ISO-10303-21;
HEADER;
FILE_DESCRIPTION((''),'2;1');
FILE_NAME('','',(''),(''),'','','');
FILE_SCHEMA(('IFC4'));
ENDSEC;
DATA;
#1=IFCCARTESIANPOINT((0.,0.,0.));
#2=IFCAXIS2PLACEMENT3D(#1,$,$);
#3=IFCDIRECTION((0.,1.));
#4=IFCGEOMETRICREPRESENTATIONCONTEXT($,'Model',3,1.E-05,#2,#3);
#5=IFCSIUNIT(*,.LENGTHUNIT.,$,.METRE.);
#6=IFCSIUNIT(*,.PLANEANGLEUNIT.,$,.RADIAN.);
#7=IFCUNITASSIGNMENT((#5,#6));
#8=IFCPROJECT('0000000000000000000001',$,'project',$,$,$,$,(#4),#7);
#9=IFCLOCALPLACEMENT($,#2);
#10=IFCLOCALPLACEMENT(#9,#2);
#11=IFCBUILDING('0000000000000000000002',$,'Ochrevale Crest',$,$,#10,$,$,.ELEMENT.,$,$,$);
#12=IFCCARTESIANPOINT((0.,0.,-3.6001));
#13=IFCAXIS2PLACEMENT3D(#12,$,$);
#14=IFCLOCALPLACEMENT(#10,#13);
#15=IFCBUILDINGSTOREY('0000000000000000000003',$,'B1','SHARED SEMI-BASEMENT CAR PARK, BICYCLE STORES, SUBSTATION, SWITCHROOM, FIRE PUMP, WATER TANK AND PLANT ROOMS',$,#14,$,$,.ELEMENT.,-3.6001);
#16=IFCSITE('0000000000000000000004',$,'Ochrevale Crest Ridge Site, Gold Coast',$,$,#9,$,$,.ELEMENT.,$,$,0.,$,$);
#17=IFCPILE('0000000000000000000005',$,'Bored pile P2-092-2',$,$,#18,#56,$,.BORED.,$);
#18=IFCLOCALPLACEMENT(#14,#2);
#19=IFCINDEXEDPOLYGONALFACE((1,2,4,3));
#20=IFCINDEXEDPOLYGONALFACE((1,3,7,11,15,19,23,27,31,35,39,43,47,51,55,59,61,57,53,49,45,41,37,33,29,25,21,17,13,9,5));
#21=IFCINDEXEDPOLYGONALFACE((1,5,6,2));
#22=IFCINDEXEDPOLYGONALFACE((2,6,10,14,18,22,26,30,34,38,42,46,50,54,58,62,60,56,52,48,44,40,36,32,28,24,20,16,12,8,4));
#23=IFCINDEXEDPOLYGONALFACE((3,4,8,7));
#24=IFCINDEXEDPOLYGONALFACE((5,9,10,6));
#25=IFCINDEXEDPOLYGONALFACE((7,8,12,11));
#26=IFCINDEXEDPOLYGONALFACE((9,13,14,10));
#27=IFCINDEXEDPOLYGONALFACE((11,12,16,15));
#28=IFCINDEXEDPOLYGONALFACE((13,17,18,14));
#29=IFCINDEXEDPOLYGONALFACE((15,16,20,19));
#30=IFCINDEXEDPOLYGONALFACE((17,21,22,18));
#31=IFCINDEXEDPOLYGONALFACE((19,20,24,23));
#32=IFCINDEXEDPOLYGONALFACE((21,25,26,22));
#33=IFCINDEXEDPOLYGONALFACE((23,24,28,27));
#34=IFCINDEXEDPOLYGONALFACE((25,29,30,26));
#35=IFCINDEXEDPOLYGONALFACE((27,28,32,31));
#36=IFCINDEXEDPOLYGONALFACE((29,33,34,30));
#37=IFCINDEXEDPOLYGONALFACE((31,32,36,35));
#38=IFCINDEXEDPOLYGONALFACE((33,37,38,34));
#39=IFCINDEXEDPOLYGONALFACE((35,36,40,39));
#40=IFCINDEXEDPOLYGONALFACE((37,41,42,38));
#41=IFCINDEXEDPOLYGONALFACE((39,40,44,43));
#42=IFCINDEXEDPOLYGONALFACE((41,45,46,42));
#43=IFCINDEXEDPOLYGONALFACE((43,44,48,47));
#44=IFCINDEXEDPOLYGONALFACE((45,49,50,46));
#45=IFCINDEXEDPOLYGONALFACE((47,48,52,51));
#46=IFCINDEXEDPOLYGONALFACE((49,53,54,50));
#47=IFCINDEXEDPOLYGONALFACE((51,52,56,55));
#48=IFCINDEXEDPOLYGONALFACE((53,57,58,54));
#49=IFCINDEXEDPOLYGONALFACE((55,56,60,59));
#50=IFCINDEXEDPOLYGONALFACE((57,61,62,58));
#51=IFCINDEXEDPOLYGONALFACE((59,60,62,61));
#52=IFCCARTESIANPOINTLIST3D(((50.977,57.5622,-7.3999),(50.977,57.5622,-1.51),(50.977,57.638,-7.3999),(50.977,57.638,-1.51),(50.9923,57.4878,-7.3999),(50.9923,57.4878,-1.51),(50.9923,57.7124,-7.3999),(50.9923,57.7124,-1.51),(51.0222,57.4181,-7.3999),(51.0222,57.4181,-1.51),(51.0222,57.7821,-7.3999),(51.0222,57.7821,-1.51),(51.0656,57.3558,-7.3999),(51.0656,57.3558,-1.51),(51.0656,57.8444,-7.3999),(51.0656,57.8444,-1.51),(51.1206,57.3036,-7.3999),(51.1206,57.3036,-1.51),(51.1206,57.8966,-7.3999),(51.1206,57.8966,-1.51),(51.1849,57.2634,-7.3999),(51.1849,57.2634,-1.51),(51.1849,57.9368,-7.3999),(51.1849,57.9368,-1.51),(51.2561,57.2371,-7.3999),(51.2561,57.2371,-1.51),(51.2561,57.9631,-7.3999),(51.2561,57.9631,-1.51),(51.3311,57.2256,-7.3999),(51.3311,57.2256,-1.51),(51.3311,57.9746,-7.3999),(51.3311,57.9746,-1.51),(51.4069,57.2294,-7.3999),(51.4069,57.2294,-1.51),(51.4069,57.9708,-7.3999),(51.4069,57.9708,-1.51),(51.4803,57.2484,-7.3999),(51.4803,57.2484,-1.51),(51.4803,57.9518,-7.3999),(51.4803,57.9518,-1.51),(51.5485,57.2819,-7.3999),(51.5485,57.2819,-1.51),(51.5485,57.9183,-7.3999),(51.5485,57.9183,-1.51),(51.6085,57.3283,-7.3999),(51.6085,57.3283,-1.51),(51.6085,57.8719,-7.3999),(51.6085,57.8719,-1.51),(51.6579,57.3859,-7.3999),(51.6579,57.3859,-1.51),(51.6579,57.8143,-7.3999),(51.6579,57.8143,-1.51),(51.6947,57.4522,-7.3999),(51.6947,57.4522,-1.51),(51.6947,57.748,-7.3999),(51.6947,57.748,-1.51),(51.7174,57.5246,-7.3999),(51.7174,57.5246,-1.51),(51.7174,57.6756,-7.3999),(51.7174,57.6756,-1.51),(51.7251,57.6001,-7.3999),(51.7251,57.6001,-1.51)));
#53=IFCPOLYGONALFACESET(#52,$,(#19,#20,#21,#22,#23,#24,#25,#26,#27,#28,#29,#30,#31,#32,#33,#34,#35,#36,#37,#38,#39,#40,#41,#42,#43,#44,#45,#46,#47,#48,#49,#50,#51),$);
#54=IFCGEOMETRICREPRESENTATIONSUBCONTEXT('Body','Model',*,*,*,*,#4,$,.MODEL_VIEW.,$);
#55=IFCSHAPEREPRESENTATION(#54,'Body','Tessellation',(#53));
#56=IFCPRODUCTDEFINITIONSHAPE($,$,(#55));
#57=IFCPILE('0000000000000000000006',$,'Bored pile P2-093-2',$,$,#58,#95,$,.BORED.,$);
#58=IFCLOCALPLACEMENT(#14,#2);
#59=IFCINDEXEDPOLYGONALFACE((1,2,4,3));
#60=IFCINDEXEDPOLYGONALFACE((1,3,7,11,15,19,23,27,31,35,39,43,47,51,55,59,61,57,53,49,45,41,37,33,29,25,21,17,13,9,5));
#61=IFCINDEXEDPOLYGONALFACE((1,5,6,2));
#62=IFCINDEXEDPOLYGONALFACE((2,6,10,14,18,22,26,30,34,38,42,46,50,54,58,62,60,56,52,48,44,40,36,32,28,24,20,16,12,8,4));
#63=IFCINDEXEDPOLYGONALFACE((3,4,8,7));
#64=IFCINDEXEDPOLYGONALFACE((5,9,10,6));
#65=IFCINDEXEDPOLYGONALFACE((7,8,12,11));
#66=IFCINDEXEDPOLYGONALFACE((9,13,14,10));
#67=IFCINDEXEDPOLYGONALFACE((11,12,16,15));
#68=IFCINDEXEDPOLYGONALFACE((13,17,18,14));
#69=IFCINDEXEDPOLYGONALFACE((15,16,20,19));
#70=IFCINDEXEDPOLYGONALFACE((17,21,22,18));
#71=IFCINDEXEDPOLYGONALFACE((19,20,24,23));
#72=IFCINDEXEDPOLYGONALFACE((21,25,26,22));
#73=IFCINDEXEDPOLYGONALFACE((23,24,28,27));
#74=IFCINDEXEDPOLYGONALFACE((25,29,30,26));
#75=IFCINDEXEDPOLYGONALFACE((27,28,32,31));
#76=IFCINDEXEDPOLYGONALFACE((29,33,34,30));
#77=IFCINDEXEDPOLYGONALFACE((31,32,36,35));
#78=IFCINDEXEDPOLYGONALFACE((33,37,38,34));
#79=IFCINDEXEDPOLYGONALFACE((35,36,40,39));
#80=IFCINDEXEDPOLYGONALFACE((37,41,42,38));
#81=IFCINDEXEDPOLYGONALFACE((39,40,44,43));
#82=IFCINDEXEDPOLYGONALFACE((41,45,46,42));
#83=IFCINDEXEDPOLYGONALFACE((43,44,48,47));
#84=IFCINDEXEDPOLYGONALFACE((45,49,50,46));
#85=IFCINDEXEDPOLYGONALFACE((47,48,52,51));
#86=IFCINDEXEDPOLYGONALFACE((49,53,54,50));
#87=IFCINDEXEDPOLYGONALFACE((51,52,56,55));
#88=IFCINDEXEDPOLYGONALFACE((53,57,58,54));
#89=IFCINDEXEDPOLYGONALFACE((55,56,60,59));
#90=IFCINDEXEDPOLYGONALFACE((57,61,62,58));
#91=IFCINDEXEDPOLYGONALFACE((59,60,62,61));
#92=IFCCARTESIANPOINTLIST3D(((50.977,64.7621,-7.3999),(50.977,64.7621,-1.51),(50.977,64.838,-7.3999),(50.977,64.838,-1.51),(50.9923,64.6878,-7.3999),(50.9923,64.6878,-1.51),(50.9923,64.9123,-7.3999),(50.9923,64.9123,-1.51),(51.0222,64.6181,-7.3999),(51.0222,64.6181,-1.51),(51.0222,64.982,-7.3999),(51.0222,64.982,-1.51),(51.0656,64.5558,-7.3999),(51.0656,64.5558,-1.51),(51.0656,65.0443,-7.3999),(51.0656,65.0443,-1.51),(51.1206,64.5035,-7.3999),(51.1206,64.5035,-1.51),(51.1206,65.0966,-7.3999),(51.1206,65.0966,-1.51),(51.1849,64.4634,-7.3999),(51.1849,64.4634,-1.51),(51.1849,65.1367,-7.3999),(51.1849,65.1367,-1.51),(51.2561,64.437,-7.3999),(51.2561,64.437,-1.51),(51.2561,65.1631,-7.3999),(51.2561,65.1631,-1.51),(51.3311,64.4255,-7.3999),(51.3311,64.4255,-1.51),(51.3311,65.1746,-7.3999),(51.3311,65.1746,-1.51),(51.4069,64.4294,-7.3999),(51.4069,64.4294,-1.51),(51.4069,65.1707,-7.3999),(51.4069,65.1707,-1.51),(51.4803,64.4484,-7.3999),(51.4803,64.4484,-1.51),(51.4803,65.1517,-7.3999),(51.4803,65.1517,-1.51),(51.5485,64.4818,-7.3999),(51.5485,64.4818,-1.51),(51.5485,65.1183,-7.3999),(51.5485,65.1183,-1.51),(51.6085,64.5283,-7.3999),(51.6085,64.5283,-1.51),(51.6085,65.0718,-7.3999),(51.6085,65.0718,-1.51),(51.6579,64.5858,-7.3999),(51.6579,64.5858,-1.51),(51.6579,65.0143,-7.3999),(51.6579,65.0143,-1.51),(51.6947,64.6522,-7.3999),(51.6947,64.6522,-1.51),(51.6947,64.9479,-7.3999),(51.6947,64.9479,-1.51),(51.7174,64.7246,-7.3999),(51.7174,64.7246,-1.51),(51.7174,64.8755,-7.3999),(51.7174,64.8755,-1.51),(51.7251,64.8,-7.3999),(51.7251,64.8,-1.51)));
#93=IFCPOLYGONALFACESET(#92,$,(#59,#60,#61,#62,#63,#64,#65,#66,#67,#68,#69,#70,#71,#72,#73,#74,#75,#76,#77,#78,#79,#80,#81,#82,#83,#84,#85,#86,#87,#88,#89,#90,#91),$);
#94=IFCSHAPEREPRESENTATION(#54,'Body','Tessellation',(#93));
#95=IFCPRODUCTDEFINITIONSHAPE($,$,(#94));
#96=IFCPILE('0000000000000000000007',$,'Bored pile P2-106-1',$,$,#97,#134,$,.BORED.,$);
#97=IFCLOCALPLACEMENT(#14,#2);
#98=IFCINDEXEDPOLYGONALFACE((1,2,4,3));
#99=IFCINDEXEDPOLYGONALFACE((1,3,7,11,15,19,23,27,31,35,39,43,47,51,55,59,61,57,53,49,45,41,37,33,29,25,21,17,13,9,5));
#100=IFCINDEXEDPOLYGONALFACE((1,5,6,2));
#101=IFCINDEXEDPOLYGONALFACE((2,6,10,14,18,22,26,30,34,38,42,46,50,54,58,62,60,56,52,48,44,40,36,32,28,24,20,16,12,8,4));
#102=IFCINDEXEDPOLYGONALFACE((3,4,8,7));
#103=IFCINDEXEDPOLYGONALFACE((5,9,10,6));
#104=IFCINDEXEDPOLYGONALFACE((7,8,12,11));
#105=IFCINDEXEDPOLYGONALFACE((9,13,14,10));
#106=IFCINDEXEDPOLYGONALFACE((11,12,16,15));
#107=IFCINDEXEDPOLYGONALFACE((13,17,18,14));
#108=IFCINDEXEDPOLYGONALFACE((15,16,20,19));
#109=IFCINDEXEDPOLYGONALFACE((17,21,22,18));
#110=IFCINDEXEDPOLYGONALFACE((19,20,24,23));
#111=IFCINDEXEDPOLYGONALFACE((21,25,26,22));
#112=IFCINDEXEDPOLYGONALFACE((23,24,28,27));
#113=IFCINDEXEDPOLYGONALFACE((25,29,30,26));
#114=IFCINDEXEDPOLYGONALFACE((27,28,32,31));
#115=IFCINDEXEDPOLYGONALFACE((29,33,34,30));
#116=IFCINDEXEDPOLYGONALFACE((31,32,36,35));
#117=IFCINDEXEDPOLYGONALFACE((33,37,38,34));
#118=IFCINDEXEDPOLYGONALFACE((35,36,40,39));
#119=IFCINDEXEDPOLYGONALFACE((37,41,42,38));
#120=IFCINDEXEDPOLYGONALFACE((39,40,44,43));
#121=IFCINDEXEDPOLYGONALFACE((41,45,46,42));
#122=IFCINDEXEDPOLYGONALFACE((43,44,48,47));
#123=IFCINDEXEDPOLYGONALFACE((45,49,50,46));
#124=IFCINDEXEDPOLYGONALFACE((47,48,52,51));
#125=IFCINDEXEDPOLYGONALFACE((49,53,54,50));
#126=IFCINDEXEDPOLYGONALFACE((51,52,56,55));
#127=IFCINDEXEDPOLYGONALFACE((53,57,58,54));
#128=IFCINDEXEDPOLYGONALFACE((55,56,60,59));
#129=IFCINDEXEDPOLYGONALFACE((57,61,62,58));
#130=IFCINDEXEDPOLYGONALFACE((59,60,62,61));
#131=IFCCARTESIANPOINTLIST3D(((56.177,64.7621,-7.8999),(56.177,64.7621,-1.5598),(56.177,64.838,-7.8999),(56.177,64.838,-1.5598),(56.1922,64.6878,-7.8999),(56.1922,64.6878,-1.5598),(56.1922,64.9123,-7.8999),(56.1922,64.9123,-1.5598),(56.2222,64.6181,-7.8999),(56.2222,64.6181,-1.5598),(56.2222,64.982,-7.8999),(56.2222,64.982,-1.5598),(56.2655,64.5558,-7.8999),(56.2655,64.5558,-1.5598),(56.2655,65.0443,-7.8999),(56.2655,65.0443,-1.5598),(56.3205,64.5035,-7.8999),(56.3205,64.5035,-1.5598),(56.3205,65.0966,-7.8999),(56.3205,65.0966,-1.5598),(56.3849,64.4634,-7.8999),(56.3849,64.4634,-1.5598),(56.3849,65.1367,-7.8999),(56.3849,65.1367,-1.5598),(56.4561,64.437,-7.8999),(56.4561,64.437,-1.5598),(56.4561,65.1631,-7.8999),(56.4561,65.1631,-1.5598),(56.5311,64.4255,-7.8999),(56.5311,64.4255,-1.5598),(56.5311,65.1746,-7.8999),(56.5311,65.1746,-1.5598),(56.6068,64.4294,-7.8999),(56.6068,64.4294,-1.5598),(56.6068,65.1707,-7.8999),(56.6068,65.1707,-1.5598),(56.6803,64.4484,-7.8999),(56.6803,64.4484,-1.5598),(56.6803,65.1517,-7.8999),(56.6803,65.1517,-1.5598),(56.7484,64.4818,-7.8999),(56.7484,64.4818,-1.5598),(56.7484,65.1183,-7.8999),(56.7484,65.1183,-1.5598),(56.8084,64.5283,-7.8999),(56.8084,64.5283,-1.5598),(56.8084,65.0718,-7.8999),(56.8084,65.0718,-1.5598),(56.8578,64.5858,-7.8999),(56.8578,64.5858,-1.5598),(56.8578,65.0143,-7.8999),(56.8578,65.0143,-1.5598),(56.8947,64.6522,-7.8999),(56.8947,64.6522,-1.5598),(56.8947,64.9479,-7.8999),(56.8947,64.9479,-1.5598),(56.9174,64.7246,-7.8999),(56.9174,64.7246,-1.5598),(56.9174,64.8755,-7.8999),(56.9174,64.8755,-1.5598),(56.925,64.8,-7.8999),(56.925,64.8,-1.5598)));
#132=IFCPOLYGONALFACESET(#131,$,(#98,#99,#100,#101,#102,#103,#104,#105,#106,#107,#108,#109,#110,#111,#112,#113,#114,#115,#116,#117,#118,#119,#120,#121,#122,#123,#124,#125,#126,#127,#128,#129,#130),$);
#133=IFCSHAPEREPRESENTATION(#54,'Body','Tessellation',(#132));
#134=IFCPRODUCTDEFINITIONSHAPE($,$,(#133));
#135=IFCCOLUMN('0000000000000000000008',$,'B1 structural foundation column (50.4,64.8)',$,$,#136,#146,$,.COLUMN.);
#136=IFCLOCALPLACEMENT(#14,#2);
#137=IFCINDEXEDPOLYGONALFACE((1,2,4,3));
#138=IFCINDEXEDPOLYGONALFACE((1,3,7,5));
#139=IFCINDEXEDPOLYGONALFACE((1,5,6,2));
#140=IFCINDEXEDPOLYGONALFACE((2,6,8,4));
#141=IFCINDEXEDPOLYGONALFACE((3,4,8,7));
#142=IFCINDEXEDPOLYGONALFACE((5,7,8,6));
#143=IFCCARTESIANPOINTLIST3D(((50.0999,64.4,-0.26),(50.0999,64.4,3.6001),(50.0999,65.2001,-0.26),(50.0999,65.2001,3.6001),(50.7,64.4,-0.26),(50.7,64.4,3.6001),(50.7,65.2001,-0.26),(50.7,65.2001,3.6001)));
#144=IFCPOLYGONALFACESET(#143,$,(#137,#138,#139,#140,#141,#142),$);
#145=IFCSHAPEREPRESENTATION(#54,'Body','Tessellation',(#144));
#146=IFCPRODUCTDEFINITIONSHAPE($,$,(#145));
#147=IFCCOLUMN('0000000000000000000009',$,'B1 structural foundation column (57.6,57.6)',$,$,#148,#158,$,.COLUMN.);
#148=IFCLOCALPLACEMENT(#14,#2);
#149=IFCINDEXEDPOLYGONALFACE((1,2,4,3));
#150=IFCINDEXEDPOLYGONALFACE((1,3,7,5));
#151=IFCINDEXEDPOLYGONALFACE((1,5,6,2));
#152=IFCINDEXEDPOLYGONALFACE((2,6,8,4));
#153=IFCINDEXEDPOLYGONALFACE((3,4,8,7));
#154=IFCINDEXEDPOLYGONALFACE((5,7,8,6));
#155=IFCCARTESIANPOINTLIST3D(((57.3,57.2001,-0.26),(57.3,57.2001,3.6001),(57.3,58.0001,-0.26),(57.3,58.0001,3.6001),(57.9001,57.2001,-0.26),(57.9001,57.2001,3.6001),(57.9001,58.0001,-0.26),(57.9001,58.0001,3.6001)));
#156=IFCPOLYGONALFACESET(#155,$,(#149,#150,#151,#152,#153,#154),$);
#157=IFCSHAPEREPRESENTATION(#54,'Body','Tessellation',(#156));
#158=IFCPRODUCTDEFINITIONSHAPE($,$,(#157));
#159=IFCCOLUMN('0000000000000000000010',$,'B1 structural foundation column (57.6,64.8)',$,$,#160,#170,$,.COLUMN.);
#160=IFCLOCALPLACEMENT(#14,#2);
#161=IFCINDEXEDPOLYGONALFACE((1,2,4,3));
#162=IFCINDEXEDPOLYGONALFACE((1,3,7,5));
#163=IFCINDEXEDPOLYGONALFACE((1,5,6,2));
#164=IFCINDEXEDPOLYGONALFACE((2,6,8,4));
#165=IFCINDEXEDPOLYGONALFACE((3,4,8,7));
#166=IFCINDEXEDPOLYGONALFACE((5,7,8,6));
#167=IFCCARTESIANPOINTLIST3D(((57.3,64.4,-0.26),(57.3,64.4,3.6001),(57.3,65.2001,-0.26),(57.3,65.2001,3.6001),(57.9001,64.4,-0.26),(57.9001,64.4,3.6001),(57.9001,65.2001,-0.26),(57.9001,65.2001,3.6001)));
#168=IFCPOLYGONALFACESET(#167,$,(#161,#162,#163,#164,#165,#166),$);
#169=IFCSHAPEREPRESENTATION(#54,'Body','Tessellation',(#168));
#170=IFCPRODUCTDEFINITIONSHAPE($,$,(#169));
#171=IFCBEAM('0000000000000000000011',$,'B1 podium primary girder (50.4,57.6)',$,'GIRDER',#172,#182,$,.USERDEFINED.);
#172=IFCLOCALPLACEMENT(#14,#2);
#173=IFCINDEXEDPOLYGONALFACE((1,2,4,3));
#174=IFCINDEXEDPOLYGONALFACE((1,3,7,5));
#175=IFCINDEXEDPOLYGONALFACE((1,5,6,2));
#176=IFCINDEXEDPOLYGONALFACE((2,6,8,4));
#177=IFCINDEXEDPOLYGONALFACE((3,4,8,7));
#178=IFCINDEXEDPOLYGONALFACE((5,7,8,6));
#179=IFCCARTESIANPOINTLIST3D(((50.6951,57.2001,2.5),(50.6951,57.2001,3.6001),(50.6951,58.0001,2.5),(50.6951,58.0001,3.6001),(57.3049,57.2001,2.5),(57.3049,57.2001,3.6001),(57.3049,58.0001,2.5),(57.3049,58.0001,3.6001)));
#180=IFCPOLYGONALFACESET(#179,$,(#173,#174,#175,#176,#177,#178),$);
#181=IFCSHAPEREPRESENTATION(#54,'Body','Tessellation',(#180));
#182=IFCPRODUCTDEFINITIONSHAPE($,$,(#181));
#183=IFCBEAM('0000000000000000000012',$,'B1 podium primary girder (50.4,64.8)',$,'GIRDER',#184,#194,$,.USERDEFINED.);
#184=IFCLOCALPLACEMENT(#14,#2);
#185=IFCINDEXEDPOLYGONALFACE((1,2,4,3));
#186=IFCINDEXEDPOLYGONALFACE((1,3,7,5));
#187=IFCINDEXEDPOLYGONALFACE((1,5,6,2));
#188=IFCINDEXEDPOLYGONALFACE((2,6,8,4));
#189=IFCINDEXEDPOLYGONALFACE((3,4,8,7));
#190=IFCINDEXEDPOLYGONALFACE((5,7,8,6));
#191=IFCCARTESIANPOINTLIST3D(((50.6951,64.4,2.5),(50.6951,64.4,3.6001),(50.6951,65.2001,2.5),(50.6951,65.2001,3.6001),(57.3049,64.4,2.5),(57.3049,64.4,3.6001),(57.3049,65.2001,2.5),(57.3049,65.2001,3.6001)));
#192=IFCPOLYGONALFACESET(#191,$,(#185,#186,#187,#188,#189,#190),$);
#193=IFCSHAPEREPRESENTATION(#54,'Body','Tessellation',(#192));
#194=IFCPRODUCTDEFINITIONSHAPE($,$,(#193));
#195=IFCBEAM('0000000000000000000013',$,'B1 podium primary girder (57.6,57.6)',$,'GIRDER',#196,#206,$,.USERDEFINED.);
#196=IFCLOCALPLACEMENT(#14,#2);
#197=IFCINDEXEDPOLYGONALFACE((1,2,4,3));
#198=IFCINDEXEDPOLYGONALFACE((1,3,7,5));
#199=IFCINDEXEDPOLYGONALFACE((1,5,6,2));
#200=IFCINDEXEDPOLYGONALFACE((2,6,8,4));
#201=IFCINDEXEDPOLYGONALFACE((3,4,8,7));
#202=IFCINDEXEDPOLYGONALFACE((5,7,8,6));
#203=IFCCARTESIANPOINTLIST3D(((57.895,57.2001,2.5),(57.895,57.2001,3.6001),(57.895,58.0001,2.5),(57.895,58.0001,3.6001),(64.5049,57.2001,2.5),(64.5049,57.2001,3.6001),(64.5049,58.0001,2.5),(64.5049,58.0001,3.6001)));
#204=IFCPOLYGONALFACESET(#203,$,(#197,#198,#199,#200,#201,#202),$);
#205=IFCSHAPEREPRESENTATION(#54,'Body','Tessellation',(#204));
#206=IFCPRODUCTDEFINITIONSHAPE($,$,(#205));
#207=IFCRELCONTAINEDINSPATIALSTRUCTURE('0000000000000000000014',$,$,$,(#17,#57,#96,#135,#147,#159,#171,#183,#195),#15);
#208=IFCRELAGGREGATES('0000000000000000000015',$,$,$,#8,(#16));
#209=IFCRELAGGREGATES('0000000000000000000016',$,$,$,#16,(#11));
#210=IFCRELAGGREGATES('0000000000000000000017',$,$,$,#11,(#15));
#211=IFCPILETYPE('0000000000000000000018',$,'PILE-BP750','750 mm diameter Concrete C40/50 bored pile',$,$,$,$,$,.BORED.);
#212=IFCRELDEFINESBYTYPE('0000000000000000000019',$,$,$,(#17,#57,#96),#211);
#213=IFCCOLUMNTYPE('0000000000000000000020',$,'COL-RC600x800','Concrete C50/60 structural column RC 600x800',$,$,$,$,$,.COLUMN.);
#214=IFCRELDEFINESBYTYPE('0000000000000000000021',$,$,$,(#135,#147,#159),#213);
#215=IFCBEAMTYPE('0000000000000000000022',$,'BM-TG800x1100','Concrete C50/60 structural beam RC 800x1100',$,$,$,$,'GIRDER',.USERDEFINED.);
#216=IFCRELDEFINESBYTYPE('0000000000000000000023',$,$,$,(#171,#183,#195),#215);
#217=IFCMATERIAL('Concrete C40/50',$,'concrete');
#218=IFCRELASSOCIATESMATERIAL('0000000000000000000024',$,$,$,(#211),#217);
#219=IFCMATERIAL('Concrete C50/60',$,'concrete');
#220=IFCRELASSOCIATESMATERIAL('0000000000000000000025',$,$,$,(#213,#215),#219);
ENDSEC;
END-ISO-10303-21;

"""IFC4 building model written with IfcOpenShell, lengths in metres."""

from ifc_helpers import new_model, si_unit, direction, frame, origin, origin_2d, place, context, subcontext, project, spatial, rectangle, circle, extrude, material, material_profile, profile_set, type_object, element, save


model = new_model("IFC4")

# Units and contexts
model_context = context("Model", 3, precision=1e-05, world=origin(), true_north=direction((0.0, 1.0)))
body_context = subcontext(model_context, "Body", "Model", "MODEL_VIEW")
ifc_project = project(units=[si_unit("LENGTHUNIT", "METRE"), si_unit("PLANEANGLEUNIT", "RADIAN")], contexts=[model_context])

# Site, building, storey
site_placement = place(None, origin())
site = spatial("IfcSite", under=ifc_project, at=site_placement, Name="Ochrevale Crest Ridge Site, Gold Coast", CompositionType="ELEMENT", RefElevation=0.0)
building_placement = place(site_placement, origin())
building = spatial("IfcBuilding", under=site, at=building_placement, Name="Ochrevale Crest", CompositionType="ELEMENT")
storey_placement = place(building_placement, frame((0.0, 0.0, -3.6001)))
storey = spatial("IfcBuildingStorey", under=building, at=storey_placement, Name="B1", Description="SHARED SEMI-BASEMENT CAR PARK, BICYCLE STORES, SUBSTATION, SWITCHROOM, FIRE PUMP, WATER TANK AND PLANT ROOMS", CompositionType="ELEMENT", Elevation=-3.6001)

# Shared definitions
ifc_material_1 = material(Name="Concrete C40/50", Category="concrete")

# Piles
ifc_material_profile_1 = material_profile(ifc_material_1, circle(Radius=0.375, at=origin_2d()), Name="BORED PILE 750")
ifc_profile_set_1 = profile_set([ifc_material_profile_1], Name="Concrete C40/50")
pile_type_1 = type_object("IfcPileType", Name="PILE-BP750", Description="750 mm diameter Concrete C40/50 bored pile", PredefinedType="BORED", material=ifc_profile_set_1)
for number, where, z_axis, x_axis, name in (
    (1, (51.3501, 57.6001, -1.51), (0.0, 0.0, -1.0), (1.0, 0.0, 0.0), "Bored pile P2-092-2"),
    (2, (51.3501, 64.8, -1.51), (0.0, 0.0, -1.0), (1.0, 0.0, 0.0), "Bored pile P2-093-2"),
):
    element("IfcPile", number, at=place(storey_placement, frame(where, z_axis=z_axis, x_axis=x_axis)), inside=storey, type_object=pile_type_1, Name=name, PredefinedType="BORED", context=body_context, shape_type="SweptSolid", body=[
        extrude(circle(Radius=0.375, at=origin_2d()), origin(), (0.0, 0.0, 1.0), 5.8899),
    ])
pile_placement = place(storey_placement, frame((56.55, 64.8, -1.5598), z_axis=(0.0, 0.0, -1.0), x_axis=(1.0, 0.0, 0.0)))
element("IfcPile", 3, at=pile_placement, inside=storey, type_object=pile_type_1, Name="Bored pile P2-106-1", PredefinedType="BORED", context=body_context, shape_type="SweptSolid", body=[
    extrude(circle(Radius=0.375, at=origin_2d()), origin(), (0.0, 0.0, 1.0), 6.3401),
])

# Columns
ifc_material_2 = material(Name="Concrete C50/60", Category="concrete")
ifc_material_profile_2 = material_profile(ifc_material_2, rectangle(XDim=0.6001, YDim=0.8, at=origin_2d()), Name="RC 600x800")
ifc_profile_set_2 = profile_set([ifc_material_profile_2], Name="Concrete C50/60")
column_type = type_object("IfcColumnType", Name="COL-RC600x800", Description="Concrete C50/60 structural column RC 600x800", PredefinedType="COLUMN", material=ifc_profile_set_2)
for number, where, z_axis, x_axis, name in (
    (4, (50.3999, 64.8, -0.26), (0.0, 0.0, 1.0), (1.0, 0.0, 0.0), "B1 structural foundation column (50.4,64.8)"),
    (5, (57.6001, 57.6001, -0.26), (0.0, 0.0, 1.0), (1.0, 0.0, 0.0), "B1 structural foundation column (57.6,57.6)"),
    (6, (57.6001, 64.8, -0.26), (0.0, 0.0, 1.0), (1.0, 0.0, 0.0), "B1 structural foundation column (57.6,64.8)"),
):
    element("IfcColumn", number, at=place(storey_placement, frame(where, z_axis=z_axis, x_axis=x_axis)), inside=storey, type_object=column_type, Name=name, PredefinedType="COLUMN", context=body_context, shape_type="SweptSolid", body=[
        extrude(rectangle(XDim=0.6001, YDim=0.8, at=origin_2d()), origin(), (0.0, 0.0, 1.0), 3.8601),
    ])

# Beams
ifc_material_profile_3 = material_profile(ifc_material_2, rectangle(XDim=0.8, YDim=1.1001, at=origin_2d()), Name="RC 800x1100")
ifc_profile_set_3 = profile_set([ifc_material_profile_3], Name="Concrete C50/60")
beam_type_1 = type_object("IfcBeamType", Name="BM-TG800x1100", Description="Concrete C50/60 structural beam RC 800x1100", ElementType="GIRDER", PredefinedType="USERDEFINED", material=ifc_profile_set_3)
for number, where, z_axis, x_axis, name in (
    (7, (50.6951, 57.6001, 3.05), (1.0, 0.0, 0.0), (0.0, 1.0, 0.0), "B1 podium primary girder (50.4,57.6)"),
    (8, (50.6951, 64.8, 3.05), (1.0, 0.0, 0.0), (0.0, 1.0, 0.0), "B1 podium primary girder (50.4,64.8)"),
    (9, (57.895, 57.6001, 3.05), (1.0, 0.0, 0.0), (0.0, 1.0, 0.0), "B1 podium primary girder (57.6,57.6)"),
):
    element("IfcBeam", number, at=place(storey_placement, frame(where, z_axis=z_axis, x_axis=x_axis)), inside=storey, type_object=beam_type_1, Name=name, ObjectType="GIRDER", PredefinedType="USERDEFINED", context=body_context, shape_type="SweptSolid", body=[
        extrude(rectangle(XDim=0.8, YDim=1.1001, at=origin_2d()), origin(), (0.0, 0.0, 1.0), 6.6099),
    ])

save(model, "model.ifc")
